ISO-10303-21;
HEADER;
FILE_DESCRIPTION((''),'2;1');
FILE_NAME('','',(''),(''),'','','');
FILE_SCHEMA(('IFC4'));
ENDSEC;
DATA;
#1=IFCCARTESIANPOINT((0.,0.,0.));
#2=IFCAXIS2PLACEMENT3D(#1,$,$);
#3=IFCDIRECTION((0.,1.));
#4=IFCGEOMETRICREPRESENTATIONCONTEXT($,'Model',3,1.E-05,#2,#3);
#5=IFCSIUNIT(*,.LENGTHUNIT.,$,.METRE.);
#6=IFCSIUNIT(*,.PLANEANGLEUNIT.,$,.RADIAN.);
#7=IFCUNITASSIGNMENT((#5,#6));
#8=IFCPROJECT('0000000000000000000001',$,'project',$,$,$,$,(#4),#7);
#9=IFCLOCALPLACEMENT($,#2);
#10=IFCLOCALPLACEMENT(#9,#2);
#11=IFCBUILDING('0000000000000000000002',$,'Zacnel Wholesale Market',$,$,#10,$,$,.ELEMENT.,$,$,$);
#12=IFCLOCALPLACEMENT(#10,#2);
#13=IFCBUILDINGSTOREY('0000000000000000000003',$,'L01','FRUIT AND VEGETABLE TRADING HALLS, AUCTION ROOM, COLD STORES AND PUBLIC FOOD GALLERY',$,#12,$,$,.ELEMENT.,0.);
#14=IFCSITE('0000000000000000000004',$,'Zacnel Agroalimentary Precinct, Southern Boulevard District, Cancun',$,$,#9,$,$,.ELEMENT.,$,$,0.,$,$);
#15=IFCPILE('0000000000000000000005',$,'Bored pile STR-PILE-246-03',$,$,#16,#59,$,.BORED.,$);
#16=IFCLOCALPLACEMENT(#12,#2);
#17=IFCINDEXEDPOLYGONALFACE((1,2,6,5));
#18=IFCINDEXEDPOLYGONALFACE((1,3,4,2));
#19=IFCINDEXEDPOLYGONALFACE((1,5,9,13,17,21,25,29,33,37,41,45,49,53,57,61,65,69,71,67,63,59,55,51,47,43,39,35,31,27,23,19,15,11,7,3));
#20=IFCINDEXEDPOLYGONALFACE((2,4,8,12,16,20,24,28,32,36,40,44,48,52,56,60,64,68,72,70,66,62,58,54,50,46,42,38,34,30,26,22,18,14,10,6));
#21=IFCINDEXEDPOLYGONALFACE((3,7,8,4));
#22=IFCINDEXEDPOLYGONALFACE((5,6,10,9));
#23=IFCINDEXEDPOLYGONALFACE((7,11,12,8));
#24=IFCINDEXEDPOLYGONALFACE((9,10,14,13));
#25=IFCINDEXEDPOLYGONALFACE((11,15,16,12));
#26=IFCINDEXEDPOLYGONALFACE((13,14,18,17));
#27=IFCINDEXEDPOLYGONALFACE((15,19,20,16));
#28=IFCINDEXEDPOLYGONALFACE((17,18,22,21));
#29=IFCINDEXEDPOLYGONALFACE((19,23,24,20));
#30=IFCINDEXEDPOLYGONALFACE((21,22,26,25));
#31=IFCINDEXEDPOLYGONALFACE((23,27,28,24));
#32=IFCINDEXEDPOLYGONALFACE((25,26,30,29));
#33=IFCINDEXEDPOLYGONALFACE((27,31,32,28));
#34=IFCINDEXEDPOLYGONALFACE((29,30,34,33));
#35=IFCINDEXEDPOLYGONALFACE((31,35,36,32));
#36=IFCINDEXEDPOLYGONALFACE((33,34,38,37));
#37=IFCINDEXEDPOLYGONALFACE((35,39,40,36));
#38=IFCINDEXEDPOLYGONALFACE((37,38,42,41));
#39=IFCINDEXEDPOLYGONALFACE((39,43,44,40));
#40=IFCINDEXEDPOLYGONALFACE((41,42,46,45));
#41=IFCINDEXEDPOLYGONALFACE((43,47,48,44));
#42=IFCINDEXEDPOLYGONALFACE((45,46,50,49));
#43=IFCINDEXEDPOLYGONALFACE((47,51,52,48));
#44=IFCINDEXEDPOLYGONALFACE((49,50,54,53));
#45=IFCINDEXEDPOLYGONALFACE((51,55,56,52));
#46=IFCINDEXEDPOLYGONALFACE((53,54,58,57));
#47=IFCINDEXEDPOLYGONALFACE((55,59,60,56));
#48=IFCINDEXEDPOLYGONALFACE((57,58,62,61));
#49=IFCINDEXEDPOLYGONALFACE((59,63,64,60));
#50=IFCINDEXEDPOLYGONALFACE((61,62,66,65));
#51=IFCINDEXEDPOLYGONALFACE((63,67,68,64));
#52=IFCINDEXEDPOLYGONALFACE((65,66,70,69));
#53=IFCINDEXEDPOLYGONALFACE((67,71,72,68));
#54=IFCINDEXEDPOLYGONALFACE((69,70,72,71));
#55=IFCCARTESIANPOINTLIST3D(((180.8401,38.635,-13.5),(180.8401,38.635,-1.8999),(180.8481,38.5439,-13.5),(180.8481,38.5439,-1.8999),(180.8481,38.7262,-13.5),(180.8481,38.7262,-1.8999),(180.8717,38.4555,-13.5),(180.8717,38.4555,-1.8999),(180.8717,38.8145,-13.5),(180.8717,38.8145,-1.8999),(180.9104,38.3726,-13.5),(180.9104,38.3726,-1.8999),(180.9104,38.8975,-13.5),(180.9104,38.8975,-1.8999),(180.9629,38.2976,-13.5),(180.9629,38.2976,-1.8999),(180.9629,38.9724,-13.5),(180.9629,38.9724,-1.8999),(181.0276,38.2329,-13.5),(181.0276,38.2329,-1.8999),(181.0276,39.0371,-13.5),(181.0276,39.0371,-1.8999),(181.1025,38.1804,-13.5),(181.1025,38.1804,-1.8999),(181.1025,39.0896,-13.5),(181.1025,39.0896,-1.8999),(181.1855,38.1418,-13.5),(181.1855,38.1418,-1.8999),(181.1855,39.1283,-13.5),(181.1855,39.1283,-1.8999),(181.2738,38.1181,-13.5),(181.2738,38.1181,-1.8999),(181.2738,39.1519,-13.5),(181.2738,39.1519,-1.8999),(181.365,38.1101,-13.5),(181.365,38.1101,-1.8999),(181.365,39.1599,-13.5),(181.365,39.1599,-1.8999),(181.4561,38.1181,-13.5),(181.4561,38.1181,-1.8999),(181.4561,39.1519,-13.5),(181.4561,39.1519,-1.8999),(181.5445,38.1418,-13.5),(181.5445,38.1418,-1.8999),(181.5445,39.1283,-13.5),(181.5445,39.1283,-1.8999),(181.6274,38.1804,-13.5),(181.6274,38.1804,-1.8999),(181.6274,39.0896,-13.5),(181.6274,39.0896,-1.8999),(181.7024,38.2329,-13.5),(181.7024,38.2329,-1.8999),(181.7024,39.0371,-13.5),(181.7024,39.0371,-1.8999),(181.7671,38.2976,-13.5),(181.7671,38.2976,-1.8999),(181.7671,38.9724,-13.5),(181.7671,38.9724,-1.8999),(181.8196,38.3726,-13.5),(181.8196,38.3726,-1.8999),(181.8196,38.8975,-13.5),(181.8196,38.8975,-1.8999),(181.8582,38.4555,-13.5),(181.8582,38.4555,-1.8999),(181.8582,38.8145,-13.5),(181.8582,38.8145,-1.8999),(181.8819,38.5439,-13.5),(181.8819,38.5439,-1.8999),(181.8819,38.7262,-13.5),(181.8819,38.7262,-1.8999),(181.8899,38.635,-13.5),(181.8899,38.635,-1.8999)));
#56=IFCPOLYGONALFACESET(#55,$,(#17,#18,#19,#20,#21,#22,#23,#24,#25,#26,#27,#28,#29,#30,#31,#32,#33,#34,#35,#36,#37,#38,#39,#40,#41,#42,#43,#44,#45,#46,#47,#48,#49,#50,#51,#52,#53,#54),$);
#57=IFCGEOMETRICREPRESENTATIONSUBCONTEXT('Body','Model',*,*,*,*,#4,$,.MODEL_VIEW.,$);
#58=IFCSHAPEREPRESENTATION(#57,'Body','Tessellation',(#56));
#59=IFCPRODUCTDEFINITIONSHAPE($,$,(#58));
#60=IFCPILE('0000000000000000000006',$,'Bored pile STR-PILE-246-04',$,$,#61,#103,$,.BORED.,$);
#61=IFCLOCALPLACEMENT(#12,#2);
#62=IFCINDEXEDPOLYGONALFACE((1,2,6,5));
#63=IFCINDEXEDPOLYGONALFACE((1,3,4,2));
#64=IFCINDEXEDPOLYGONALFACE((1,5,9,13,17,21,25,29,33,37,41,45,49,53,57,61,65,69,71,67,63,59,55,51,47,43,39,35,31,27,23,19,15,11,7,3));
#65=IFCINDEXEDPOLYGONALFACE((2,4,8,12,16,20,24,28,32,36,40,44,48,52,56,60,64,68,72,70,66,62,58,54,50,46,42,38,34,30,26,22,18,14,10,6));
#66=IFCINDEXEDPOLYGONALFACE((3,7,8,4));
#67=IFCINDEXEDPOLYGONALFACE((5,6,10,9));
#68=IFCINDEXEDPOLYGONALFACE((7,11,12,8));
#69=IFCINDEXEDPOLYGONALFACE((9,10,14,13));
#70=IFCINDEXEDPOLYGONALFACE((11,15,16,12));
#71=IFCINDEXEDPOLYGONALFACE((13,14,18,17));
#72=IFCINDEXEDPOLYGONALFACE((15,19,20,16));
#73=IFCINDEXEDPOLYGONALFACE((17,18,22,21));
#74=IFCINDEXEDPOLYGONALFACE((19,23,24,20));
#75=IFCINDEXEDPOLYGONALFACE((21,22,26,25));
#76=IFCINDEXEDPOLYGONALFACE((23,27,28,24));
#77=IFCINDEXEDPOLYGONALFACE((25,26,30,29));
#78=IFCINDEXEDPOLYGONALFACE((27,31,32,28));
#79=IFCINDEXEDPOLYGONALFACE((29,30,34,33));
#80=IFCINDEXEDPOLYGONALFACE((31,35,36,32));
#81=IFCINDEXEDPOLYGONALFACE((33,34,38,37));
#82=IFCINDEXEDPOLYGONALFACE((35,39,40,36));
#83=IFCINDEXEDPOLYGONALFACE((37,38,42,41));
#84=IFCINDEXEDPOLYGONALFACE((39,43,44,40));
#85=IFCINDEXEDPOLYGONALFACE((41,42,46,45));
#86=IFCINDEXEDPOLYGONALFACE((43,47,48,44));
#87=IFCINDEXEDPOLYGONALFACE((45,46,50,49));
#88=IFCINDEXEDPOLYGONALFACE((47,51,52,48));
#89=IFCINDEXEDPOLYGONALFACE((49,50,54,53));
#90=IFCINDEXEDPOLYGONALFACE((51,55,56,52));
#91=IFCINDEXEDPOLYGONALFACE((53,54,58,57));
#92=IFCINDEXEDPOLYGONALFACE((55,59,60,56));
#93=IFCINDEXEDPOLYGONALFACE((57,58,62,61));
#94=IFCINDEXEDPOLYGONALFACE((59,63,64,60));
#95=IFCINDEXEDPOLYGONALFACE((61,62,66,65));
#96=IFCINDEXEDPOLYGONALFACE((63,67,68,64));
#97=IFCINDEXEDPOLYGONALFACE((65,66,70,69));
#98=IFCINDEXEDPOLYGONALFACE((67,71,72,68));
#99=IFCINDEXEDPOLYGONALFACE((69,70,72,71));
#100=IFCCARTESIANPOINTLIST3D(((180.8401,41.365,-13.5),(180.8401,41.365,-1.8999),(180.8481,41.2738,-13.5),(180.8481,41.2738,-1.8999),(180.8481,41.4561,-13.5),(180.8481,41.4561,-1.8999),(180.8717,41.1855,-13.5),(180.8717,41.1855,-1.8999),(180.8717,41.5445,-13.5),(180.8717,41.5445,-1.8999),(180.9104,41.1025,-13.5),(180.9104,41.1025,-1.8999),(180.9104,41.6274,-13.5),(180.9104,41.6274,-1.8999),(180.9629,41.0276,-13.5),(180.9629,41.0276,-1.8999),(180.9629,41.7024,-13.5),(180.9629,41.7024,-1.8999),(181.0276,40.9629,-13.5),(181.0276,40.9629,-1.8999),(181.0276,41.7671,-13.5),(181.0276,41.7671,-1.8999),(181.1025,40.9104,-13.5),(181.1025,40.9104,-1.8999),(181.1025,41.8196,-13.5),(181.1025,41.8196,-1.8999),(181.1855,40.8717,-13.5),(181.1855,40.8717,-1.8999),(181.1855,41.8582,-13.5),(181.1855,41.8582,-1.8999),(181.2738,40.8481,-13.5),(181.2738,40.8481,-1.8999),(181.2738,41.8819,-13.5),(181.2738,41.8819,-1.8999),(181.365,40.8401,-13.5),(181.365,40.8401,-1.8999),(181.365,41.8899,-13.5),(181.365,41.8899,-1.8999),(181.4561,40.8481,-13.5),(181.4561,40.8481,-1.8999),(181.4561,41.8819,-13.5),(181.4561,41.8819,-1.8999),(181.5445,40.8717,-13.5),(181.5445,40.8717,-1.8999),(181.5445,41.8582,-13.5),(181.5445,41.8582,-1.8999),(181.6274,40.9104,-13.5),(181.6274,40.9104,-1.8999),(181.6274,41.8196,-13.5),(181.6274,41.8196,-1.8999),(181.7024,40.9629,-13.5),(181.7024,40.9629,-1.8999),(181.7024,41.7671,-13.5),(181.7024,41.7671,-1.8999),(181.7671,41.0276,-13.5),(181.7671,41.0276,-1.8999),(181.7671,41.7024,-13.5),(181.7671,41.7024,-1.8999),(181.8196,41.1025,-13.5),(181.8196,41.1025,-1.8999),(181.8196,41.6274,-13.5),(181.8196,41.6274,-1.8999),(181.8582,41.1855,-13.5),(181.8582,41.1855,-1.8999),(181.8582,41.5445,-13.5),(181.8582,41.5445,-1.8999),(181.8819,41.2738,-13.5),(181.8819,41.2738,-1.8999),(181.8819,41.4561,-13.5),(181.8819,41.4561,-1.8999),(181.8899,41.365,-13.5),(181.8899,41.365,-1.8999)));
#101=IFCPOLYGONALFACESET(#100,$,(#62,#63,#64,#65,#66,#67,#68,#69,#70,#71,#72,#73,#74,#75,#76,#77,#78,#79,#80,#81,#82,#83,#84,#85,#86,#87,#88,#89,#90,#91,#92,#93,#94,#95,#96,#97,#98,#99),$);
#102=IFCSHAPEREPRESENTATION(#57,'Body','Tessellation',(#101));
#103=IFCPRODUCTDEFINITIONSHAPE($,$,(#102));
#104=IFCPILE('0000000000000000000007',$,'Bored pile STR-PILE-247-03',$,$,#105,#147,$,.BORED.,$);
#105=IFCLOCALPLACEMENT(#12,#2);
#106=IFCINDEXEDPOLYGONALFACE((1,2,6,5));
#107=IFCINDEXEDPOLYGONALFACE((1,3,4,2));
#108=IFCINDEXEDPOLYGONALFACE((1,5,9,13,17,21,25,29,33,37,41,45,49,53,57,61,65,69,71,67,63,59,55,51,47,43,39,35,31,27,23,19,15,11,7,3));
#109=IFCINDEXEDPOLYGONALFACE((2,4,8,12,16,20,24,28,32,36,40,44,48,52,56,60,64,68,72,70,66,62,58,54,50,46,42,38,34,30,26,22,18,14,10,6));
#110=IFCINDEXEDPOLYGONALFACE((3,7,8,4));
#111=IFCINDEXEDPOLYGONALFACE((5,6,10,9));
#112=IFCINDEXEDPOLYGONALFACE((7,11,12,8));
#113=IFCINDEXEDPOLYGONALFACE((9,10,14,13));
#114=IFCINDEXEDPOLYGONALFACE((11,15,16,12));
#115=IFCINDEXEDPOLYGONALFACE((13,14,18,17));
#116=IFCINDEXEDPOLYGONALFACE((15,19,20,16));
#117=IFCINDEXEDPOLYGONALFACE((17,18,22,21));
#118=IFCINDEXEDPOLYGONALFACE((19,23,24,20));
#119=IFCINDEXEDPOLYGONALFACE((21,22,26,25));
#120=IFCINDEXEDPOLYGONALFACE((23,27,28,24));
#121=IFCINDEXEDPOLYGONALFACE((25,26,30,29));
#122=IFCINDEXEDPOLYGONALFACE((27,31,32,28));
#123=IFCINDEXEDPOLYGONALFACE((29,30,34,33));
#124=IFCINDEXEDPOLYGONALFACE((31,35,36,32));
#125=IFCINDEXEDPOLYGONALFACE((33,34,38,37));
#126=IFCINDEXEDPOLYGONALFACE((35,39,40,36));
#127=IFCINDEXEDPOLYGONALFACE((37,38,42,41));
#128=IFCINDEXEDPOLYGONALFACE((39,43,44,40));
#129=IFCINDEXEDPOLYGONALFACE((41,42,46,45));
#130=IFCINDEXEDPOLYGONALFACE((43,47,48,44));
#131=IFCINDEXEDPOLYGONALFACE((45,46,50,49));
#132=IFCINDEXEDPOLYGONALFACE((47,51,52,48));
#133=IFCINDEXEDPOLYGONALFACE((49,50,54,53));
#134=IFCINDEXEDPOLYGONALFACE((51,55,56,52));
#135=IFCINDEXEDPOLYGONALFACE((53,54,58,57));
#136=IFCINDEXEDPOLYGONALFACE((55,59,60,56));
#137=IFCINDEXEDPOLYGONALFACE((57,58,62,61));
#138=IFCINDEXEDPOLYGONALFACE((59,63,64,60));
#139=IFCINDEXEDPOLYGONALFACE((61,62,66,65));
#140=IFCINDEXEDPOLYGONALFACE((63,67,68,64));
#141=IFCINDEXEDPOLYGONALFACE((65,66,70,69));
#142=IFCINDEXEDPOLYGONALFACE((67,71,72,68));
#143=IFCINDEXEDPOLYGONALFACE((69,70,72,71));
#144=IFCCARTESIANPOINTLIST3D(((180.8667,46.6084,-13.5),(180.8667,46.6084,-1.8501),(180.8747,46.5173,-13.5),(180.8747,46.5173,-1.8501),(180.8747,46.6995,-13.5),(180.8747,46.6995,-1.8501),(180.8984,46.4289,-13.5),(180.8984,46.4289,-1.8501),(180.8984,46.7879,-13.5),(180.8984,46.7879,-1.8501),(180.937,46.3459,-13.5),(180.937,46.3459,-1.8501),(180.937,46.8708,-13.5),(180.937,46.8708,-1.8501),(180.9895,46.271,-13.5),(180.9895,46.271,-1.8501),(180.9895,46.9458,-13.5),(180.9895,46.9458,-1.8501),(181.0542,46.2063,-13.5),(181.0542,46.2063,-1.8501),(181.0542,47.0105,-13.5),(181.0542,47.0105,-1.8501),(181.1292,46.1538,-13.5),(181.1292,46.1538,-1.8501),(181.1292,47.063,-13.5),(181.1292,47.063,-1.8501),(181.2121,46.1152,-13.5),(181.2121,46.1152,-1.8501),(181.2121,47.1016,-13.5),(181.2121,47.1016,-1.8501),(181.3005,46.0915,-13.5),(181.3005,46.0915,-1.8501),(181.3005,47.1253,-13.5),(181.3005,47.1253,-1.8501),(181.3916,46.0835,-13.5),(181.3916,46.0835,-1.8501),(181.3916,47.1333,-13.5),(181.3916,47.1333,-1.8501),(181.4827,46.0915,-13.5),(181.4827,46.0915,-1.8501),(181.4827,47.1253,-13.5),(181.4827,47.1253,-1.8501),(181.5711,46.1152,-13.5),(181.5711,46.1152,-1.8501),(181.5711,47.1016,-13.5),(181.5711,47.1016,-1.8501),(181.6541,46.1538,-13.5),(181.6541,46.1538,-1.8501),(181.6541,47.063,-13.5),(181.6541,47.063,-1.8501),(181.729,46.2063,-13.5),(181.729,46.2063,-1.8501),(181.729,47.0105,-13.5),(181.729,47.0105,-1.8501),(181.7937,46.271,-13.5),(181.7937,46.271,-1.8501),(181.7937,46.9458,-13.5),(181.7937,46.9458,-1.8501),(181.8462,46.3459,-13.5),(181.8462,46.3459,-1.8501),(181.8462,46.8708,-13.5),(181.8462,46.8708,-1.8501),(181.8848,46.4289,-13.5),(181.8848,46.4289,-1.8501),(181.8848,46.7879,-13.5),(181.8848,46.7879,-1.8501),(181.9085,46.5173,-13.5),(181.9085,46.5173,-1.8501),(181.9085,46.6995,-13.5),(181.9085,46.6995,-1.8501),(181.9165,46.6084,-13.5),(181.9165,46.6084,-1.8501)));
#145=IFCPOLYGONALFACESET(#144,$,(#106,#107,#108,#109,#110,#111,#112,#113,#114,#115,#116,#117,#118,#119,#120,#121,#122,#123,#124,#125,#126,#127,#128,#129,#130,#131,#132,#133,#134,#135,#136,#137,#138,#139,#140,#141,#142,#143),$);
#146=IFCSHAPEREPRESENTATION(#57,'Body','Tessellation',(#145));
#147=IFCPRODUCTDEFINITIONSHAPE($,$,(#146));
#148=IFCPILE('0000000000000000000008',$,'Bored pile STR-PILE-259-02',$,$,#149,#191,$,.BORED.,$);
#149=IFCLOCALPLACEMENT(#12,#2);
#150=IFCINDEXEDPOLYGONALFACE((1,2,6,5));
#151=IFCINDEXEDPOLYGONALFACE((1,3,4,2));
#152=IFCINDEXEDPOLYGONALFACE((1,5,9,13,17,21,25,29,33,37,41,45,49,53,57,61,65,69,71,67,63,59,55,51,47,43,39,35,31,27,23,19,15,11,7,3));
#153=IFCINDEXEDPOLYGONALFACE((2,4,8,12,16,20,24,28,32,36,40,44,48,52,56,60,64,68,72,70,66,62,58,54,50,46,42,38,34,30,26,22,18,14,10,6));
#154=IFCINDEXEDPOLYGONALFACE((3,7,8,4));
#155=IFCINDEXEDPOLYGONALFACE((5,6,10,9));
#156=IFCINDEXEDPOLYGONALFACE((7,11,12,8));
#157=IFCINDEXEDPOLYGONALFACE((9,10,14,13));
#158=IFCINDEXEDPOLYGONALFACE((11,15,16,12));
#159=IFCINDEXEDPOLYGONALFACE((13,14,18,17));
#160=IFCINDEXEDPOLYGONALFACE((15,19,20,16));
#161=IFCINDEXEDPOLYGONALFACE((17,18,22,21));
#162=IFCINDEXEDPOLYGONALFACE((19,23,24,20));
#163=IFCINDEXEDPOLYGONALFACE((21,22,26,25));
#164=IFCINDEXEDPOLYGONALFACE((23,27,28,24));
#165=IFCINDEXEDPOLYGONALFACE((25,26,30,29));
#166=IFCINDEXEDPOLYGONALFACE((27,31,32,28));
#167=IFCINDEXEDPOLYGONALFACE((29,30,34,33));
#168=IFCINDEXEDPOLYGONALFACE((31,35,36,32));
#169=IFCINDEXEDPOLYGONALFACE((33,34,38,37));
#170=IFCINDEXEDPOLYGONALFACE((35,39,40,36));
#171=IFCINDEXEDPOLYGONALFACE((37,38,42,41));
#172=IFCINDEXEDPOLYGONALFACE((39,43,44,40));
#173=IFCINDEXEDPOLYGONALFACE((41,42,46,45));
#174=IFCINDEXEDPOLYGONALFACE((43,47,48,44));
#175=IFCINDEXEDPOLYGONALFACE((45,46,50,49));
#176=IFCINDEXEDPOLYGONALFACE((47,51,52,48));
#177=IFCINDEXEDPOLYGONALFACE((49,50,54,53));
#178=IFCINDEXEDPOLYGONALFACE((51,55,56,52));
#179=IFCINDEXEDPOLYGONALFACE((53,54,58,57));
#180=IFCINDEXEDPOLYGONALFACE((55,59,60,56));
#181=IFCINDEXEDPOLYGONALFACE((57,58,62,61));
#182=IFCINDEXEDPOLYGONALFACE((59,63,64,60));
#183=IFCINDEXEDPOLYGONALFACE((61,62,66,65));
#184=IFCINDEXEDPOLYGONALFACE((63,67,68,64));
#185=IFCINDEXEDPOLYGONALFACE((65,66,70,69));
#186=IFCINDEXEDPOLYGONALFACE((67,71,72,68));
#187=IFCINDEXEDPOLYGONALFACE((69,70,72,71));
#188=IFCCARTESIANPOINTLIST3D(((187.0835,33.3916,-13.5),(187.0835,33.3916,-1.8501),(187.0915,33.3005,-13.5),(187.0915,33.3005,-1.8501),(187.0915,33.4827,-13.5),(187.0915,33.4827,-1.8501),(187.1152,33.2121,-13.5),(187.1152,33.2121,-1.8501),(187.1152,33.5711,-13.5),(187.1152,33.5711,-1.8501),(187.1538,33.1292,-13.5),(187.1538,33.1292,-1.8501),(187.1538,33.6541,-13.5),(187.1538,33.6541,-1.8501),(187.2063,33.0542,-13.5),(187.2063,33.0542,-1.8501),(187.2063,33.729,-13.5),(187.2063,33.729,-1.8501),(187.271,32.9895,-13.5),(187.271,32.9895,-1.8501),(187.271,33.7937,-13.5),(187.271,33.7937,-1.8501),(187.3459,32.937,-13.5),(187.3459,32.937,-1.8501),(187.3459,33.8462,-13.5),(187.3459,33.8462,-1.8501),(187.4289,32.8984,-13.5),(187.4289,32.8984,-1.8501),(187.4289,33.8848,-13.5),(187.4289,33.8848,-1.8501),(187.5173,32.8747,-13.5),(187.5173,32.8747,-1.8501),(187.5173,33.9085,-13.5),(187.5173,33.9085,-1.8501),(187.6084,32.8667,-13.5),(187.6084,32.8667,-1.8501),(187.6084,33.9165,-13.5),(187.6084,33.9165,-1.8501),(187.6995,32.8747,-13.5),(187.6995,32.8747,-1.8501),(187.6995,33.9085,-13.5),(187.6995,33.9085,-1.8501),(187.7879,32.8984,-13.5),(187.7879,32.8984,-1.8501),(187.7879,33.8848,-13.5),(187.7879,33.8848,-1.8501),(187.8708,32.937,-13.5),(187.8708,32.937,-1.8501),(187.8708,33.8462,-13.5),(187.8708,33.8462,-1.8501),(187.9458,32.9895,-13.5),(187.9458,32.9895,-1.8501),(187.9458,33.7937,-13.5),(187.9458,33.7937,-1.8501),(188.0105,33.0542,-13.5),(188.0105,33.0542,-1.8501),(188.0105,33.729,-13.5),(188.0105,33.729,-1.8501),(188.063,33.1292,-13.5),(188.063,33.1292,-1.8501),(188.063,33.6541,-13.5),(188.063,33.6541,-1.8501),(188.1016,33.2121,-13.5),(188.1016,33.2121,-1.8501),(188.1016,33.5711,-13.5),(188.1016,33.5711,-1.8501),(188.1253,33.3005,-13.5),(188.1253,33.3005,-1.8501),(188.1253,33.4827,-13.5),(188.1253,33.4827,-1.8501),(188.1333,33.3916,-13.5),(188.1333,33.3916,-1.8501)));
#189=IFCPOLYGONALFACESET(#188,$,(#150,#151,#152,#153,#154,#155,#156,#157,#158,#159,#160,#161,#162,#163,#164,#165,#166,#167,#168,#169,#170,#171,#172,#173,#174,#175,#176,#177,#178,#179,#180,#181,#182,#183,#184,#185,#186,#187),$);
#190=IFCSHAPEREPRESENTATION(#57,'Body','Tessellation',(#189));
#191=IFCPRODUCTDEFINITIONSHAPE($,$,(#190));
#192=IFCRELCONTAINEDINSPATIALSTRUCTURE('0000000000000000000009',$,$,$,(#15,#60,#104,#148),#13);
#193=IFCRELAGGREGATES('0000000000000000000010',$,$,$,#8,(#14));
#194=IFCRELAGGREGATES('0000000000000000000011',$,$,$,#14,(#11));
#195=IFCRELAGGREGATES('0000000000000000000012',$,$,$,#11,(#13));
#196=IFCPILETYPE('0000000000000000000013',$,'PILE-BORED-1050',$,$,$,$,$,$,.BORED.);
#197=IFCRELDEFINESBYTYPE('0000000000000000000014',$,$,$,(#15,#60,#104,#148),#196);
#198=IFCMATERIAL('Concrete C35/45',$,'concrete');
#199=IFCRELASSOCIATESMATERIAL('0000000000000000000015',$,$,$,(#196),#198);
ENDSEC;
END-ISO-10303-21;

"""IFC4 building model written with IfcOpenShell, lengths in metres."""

from ifc_helpers import new_model, si_unit, direction, frame, origin, origin_2d, place, context, subcontext, project, spatial, circle, extrude, material, material_profile, profile_set, type_object, element, save


model = new_model("IFC4")

# Units and contexts
model_context = context("Model", 3, precision=1e-05, world=origin(), true_north=direction((0.0, 1.0)))
body_context = subcontext(model_context, "Body", "Model", "MODEL_VIEW")
ifc_project = project(units=[si_unit("LENGTHUNIT", "METRE"), si_unit("PLANEANGLEUNIT", "RADIAN")], contexts=[model_context])

# Site, building, storey
site_placement = place(None, origin())
site = spatial("IfcSite", under=ifc_project, at=site_placement, Name="Zacnel Agroalimentary Precinct, Southern Boulevard District, Cancun", CompositionType="ELEMENT", RefElevation=0.0)
building_placement = place(site_placement, origin())
building = spatial("IfcBuilding", under=site, at=building_placement, Name="Zacnel Wholesale Market", CompositionType="ELEMENT")
storey_placement = place(building_placement, origin())
storey = spatial("IfcBuildingStorey", under=building, at=storey_placement, Name="L01", Description="FRUIT AND VEGETABLE TRADING HALLS, AUCTION ROOM, COLD STORES AND PUBLIC FOOD GALLERY", CompositionType="ELEMENT", Elevation=0.0)

# Piles
ifc_material_1 = material(Name="Concrete C35/45", Category="concrete")
ifc_material_profile_1 = material_profile(ifc_material_1, circle(Radius=0.5249, at=origin_2d()), Name="BORED PILE D1050")
ifc_profile_set_1 = profile_set([ifc_material_profile_1], Name="Concrete C35/45")
pile_type = type_object("IfcPileType", Name="PILE-BORED-1050", PredefinedType="BORED", material=ifc_profile_set_1)
for number, where, z_axis, x_axis, name in (
    (1, (181.365, 38.635, -1.8999), (0.0, 0.0, -1.0), (1.0, 0.0, 0.0), "Bored pile STR-PILE-246-03"),
    (2, (181.365, 41.365, -1.8999), (0.0, 0.0, -1.0), (1.0, 0.0, 0.0), "Bored pile STR-PILE-246-04"),
):
    element("IfcPile", number, at=place(storey_placement, frame(where, z_axis=z_axis, x_axis=x_axis)), inside=storey, type_object=pile_type, Name=name, PredefinedType="BORED", context=body_context, shape_type="SweptSolid", body=[
        extrude(circle(Radius=0.5249, at=origin_2d()), origin(), (0.0, 0.0, 1.0), 11.6001),
    ])
for number, where, z_axis, x_axis, name in (
    (3, (181.3916, 46.6084, -1.8501), (0.0, 0.0, -1.0), (1.0, 0.0, 0.0), "Bored pile STR-PILE-247-03"),
    (4, (187.6084, 33.3916, -1.8501), (0.0, 0.0, -1.0), (1.0, 0.0, 0.0), "Bored pile STR-PILE-259-02"),
):
    element("IfcPile", number, at=place(storey_placement, frame(where, z_axis=z_axis, x_axis=x_axis)), inside=storey, type_object=pile_type, Name=name, PredefinedType="BORED", context=body_context, shape_type="SweptSolid", body=[
        extrude(circle(Radius=0.5249, at=origin_2d()), origin(), (0.0, 0.0, 1.0), 11.6499),
    ])

save(model, "model.ifc")
